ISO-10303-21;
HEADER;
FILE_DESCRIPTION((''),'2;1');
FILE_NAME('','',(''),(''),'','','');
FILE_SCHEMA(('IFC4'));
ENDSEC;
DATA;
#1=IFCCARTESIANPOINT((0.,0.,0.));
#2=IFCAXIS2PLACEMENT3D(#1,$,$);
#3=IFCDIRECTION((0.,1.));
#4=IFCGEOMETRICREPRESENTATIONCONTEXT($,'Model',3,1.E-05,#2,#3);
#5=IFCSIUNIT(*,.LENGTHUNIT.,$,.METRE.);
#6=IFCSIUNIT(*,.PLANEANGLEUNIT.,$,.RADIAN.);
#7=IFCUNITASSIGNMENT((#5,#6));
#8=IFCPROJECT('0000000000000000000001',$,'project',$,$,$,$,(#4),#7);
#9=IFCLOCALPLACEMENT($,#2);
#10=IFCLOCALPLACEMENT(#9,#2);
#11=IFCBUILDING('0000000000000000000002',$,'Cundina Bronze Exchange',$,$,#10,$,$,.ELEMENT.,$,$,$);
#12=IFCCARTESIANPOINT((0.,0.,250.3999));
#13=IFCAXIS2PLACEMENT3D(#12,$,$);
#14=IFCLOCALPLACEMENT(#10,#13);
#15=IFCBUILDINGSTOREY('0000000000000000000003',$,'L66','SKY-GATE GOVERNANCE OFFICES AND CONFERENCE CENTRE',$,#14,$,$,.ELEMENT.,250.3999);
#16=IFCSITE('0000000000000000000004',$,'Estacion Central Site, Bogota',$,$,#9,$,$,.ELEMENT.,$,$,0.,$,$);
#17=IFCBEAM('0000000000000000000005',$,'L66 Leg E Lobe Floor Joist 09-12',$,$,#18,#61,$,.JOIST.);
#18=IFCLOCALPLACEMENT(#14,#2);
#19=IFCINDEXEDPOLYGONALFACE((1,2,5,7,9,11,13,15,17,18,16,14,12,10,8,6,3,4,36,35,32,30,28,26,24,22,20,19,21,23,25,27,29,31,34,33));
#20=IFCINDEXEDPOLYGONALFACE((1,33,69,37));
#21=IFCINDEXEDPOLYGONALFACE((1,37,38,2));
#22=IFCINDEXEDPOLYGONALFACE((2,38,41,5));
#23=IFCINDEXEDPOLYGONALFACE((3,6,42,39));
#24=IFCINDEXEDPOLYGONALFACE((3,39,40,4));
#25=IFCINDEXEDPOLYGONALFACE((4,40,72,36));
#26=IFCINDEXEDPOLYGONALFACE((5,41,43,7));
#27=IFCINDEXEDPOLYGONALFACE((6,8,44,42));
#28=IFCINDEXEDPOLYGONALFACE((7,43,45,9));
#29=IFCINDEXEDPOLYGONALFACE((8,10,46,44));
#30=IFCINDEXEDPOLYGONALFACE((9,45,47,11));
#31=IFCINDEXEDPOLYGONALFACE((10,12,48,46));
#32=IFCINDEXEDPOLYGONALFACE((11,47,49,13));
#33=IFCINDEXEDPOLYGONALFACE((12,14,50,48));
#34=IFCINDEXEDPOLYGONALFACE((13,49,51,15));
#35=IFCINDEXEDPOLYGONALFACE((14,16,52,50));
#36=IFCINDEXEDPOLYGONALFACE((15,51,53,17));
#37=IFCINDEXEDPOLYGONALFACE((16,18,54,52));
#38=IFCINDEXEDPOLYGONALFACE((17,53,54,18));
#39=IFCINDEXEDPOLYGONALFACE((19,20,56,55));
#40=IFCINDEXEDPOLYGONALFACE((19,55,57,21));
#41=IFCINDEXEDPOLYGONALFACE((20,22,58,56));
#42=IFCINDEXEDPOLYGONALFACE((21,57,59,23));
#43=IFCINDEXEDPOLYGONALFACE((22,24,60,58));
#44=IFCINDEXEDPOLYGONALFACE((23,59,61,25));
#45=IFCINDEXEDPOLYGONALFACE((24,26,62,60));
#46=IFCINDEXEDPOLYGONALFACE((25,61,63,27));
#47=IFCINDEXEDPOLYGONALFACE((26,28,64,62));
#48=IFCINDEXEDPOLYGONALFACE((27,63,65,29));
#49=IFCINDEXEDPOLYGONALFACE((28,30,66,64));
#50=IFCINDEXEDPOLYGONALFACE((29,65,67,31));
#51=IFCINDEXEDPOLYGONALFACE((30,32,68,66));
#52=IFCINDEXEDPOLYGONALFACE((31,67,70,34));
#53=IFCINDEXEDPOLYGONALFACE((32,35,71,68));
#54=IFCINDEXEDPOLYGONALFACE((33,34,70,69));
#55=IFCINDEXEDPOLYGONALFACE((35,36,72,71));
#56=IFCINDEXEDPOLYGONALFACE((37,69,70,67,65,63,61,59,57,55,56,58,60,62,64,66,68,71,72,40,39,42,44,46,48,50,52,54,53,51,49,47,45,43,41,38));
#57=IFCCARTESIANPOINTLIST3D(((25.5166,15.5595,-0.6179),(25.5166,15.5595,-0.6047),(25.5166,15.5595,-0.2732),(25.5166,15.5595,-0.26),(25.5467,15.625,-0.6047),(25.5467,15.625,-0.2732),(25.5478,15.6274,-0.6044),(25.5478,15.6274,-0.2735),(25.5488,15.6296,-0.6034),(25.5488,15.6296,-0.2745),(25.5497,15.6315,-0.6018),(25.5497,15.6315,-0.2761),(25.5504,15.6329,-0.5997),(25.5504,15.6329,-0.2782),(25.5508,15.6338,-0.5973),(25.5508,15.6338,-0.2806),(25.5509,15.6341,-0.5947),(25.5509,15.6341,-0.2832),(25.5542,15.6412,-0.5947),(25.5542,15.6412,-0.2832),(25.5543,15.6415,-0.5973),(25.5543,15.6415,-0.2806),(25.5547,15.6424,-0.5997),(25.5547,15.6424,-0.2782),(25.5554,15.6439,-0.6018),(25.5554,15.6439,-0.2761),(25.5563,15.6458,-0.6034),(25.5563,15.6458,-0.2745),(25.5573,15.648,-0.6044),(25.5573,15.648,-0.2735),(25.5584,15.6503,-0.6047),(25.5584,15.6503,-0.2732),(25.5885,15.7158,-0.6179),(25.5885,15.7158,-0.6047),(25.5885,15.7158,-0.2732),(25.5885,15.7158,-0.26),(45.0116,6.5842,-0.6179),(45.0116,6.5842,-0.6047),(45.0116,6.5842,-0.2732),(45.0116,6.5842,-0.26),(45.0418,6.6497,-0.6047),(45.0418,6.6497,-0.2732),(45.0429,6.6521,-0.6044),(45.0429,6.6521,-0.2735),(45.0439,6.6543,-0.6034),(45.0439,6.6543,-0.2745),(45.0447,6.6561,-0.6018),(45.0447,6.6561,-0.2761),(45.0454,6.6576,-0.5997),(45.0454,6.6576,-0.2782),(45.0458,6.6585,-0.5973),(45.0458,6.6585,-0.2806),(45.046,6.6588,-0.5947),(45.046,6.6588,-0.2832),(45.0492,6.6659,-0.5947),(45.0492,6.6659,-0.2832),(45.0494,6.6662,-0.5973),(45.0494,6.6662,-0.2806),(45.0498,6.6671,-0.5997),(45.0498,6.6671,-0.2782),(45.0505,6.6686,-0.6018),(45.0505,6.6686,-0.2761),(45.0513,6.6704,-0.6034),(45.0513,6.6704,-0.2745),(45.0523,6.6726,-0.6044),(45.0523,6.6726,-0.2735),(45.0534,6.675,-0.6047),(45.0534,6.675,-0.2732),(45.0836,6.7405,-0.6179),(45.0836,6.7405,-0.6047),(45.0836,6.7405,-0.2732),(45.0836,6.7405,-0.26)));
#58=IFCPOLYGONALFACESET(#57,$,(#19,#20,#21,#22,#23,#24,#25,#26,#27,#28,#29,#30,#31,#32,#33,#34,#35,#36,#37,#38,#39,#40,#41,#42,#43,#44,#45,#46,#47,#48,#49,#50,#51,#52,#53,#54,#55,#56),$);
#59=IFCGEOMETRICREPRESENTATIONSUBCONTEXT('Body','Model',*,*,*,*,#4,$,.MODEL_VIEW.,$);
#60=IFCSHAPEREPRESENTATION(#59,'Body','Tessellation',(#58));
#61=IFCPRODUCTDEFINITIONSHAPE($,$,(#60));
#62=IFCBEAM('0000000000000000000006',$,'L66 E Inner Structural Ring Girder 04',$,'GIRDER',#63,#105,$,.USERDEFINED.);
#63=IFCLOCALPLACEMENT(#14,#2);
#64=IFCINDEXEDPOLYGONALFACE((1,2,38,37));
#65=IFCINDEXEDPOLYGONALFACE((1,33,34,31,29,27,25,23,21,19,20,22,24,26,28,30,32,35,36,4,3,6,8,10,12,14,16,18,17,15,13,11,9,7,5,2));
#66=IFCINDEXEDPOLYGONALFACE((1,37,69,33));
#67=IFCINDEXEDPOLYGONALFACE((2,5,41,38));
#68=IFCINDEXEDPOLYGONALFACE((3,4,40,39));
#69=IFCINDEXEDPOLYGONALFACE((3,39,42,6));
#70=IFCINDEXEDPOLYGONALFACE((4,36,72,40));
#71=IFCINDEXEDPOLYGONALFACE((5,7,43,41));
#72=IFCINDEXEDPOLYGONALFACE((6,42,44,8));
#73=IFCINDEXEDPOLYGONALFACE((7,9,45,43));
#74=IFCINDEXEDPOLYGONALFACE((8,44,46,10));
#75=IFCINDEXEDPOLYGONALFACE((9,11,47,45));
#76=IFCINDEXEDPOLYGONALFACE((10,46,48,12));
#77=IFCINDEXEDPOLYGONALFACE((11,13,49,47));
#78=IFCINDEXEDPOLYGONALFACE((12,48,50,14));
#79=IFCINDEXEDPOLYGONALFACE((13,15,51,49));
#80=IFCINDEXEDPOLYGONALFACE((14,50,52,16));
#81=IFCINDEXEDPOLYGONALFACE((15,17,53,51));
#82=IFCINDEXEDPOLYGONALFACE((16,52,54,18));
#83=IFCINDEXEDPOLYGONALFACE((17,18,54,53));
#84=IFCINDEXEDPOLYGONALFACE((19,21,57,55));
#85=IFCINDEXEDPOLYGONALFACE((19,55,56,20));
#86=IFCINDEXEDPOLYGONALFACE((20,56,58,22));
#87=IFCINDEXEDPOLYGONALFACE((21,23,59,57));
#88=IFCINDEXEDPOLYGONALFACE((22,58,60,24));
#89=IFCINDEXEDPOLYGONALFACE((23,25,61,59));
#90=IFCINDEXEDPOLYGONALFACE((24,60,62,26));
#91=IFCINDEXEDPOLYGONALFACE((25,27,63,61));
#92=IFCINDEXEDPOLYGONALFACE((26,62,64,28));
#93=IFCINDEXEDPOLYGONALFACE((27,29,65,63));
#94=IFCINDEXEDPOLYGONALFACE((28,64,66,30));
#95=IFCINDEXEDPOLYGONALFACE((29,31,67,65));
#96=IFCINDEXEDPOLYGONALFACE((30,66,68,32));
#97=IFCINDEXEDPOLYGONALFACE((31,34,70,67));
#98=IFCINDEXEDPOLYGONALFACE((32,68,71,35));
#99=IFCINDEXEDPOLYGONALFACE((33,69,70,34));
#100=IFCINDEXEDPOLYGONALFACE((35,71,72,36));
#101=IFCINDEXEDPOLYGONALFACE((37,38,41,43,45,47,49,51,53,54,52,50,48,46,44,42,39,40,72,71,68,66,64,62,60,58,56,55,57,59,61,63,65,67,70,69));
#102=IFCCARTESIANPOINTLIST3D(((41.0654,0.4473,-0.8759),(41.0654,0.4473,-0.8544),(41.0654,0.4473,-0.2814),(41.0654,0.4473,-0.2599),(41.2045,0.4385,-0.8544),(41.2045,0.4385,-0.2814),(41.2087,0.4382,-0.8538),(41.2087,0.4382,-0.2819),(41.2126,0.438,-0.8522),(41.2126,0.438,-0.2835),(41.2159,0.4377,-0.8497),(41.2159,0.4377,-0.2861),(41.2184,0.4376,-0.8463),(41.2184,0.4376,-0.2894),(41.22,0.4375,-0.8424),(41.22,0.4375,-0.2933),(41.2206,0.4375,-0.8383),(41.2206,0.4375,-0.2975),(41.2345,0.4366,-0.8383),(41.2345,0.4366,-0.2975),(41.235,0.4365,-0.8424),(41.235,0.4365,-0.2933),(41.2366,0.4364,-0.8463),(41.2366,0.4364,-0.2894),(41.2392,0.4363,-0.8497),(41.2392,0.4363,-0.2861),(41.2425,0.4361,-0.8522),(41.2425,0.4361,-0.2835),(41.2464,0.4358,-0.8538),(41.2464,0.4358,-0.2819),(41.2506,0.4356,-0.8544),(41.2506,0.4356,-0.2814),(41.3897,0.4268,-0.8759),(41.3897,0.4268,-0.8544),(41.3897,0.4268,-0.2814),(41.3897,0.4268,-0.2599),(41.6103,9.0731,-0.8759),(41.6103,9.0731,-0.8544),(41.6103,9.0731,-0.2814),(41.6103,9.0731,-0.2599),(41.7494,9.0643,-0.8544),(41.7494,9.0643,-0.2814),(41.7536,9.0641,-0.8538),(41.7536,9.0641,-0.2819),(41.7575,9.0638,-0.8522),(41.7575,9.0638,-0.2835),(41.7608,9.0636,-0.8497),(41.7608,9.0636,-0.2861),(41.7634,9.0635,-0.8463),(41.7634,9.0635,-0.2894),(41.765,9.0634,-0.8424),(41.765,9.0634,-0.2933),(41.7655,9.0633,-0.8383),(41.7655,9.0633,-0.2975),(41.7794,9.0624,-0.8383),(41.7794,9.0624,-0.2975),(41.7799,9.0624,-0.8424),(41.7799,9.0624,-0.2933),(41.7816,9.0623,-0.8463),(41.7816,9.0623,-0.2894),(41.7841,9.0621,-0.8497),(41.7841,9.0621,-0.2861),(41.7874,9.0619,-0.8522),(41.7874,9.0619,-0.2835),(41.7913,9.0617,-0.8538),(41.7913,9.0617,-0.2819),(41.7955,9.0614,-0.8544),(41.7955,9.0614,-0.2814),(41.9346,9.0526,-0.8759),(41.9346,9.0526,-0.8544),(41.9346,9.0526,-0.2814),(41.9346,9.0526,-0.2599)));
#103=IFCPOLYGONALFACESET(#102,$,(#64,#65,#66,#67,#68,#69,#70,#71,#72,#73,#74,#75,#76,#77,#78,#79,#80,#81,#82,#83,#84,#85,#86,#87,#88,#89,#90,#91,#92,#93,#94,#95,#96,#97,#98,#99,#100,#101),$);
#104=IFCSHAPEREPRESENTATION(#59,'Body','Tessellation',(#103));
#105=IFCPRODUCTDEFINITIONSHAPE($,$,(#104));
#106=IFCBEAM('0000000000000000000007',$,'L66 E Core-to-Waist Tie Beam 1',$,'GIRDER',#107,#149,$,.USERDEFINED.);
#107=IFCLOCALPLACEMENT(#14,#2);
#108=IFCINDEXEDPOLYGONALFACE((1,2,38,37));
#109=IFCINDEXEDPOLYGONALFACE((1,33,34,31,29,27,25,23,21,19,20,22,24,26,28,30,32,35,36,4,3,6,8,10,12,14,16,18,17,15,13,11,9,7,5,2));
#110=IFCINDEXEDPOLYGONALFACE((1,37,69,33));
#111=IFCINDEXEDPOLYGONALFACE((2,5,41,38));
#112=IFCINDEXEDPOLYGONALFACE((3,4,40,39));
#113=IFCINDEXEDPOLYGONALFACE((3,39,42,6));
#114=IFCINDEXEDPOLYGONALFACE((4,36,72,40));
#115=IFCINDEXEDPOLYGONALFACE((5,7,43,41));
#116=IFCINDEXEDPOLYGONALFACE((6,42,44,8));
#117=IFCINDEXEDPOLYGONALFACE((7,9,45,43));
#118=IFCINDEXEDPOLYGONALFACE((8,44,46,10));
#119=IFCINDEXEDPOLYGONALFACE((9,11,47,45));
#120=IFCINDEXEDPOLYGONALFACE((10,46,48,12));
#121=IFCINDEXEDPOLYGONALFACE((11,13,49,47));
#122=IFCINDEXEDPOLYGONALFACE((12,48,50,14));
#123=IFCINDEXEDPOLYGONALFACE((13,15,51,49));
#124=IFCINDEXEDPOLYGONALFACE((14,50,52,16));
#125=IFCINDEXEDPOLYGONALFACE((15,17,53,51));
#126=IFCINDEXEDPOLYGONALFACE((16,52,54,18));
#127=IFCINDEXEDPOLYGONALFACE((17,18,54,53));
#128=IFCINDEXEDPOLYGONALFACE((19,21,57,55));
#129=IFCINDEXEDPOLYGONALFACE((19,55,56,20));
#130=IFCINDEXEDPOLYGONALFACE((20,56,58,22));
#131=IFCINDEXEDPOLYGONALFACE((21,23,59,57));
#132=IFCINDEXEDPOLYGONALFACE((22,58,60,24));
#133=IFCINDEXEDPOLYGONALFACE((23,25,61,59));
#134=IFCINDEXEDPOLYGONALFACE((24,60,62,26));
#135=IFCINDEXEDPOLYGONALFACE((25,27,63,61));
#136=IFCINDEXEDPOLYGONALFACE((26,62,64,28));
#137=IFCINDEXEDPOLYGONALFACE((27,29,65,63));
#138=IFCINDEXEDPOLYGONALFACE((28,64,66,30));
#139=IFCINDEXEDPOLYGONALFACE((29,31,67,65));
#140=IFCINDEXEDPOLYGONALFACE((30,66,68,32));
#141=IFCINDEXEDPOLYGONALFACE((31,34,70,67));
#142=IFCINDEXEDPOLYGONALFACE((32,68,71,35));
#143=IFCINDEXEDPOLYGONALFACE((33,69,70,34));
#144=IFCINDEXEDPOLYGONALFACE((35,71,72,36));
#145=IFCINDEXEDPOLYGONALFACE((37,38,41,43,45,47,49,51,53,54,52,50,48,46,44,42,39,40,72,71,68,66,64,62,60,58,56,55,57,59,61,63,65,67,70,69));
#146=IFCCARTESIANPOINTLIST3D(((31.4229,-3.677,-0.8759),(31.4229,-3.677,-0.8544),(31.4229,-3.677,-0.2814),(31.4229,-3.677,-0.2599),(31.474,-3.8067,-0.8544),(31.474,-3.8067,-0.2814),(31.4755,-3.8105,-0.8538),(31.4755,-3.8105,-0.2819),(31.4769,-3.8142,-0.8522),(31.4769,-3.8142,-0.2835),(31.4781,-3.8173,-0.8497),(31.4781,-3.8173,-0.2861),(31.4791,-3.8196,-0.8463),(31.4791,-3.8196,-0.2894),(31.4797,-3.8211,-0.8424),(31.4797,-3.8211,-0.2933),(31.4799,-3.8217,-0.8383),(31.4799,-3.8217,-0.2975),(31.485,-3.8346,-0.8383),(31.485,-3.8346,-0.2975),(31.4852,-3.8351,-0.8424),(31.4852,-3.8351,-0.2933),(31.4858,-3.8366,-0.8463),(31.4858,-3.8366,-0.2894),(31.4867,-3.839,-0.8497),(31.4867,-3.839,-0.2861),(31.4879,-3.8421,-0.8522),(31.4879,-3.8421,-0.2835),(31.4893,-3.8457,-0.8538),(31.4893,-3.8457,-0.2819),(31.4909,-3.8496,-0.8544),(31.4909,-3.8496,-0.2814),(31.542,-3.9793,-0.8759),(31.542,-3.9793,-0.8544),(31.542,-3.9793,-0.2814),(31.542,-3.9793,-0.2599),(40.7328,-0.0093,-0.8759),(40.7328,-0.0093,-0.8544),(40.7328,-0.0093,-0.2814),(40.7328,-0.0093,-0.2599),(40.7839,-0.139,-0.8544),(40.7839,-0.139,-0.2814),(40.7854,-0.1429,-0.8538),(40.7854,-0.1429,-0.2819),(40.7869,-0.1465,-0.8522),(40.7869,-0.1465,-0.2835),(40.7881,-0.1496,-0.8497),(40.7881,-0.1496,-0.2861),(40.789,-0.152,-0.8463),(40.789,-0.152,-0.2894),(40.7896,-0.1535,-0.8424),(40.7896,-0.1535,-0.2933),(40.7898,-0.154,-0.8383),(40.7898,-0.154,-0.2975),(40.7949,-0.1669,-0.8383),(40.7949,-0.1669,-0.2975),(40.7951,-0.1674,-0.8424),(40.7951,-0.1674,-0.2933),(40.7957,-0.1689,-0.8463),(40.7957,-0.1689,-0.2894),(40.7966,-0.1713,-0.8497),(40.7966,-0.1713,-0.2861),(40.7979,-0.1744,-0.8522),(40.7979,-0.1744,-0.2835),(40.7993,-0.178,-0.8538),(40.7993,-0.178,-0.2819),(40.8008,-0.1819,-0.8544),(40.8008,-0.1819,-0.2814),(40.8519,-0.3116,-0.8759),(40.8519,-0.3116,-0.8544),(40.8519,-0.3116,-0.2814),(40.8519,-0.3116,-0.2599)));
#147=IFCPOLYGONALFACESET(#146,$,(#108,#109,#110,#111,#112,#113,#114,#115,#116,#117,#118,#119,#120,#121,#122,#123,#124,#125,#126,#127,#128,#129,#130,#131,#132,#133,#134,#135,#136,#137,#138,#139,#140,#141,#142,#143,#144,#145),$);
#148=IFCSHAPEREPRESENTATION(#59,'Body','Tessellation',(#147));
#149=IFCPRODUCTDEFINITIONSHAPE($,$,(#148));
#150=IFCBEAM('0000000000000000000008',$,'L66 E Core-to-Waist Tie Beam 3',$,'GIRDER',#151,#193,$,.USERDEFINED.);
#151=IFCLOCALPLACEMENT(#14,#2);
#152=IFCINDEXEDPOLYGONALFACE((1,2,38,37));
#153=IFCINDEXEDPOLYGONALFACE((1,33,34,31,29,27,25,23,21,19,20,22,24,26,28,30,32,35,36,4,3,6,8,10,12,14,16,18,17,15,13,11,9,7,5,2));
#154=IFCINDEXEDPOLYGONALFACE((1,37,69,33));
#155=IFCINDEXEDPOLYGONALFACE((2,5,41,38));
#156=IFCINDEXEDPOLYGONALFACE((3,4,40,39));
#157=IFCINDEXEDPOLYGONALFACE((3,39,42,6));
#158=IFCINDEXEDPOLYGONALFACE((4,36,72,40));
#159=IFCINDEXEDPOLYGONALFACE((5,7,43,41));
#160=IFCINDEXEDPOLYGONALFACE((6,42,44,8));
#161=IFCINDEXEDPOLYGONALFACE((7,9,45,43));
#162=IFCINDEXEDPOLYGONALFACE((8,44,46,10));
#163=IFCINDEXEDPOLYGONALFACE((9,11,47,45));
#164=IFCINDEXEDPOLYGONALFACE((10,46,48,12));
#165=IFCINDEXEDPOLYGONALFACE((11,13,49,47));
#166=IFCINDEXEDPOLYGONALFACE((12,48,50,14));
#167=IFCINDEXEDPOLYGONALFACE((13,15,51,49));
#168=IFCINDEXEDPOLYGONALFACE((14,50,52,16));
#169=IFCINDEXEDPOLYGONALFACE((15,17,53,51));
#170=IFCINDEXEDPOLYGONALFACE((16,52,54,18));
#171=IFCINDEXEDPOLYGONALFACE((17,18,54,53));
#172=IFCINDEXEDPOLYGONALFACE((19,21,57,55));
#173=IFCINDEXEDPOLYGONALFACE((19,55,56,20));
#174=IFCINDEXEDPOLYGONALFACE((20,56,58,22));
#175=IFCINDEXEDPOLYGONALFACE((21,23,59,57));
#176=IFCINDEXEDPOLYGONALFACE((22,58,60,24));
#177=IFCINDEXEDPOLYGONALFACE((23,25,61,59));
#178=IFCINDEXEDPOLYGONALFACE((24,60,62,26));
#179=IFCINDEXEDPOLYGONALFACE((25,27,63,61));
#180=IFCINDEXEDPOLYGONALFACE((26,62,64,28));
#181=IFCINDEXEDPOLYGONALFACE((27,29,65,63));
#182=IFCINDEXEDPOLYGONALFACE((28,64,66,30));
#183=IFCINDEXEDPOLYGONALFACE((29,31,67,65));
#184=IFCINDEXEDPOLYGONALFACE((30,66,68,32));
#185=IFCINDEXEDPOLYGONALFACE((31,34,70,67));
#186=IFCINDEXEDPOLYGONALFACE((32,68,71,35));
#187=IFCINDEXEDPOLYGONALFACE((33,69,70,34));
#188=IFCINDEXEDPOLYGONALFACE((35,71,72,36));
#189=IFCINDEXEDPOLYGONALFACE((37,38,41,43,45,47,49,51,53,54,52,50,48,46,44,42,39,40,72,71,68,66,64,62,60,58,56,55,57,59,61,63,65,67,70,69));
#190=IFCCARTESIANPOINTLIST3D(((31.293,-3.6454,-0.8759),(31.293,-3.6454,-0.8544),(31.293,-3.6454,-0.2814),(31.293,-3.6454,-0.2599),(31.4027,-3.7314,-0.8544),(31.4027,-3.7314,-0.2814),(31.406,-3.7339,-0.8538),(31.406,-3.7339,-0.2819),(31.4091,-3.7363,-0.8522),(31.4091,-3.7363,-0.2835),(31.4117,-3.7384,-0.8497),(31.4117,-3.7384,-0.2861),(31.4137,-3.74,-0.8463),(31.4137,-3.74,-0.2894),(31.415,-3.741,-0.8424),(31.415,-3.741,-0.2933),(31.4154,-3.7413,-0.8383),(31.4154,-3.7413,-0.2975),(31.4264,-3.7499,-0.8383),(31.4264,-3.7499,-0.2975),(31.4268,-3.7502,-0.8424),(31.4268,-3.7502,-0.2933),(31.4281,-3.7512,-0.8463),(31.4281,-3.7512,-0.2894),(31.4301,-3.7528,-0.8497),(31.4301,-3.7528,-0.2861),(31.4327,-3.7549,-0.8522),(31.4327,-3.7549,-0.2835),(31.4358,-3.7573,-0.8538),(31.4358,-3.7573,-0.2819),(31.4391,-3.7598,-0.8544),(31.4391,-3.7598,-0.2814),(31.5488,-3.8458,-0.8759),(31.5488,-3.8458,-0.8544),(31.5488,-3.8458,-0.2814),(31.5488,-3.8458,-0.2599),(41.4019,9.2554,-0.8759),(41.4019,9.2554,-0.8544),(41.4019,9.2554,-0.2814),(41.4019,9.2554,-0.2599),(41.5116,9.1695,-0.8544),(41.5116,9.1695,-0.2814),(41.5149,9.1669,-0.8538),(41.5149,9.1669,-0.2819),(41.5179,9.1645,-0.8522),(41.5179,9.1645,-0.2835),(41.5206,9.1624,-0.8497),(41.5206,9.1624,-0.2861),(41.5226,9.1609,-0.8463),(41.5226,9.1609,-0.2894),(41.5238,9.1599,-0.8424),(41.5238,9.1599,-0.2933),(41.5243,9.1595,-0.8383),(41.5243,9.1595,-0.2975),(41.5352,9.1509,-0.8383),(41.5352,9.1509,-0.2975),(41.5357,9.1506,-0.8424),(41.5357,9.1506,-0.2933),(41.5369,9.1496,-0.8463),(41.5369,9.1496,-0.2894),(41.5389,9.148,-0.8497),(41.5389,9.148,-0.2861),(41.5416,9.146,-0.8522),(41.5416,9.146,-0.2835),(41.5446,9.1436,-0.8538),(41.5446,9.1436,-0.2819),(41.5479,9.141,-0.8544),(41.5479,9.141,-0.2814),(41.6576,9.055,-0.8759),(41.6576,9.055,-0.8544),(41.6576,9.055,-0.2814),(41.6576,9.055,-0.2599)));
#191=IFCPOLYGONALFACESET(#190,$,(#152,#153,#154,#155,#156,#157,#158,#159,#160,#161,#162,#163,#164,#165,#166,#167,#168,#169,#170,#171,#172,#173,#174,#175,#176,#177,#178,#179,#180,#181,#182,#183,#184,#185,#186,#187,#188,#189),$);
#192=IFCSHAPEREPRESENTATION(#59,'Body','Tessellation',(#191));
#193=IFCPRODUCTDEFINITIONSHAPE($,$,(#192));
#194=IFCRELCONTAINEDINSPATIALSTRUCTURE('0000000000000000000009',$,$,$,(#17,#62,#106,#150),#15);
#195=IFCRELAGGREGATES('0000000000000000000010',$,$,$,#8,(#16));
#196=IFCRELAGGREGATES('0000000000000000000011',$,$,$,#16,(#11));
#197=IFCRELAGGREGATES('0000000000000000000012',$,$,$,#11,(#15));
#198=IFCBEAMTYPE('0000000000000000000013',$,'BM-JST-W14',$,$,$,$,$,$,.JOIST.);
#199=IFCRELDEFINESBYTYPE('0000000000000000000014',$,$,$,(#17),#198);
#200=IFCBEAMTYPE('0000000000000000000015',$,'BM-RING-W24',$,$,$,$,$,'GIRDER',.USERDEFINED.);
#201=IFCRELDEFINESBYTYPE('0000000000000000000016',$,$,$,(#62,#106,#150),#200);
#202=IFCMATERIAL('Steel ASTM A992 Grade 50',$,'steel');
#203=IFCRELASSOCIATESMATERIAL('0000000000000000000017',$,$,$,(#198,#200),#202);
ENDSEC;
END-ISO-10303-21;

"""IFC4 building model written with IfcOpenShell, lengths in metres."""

from ifc_helpers import new_model, si_unit, direction, frame, origin, origin_2d, place, context, subcontext, project, spatial, i_section, extrude, material, material_profile, profile_set, type_object, element, save


model = new_model("IFC4")

# Units and contexts
model_context = context("Model", 3, precision=1e-05, world=origin(), true_north=direction((0.0, 1.0)))
body_context = subcontext(model_context, "Body", "Model", "MODEL_VIEW")
ifc_project = project(units=[si_unit("LENGTHUNIT", "METRE"), si_unit("PLANEANGLEUNIT", "RADIAN")], contexts=[model_context])

# Site, building, storey
site_placement = place(None, origin())
site = spatial("IfcSite", under=ifc_project, at=site_placement, Name="Estacion Central Site, Bogota", CompositionType="ELEMENT", RefElevation=0.0)
building_placement = place(site_placement, origin())
building = spatial("IfcBuilding", under=site, at=building_placement, Name="Cundina Bronze Exchange", CompositionType="ELEMENT")
storey_placement = place(building_placement, frame((0.0, 0.0, 250.3999)))
storey = spatial("IfcBuildingStorey", under=building, at=storey_placement, Name="L66", Description="SKY-GATE GOVERNANCE OFFICES AND CONFERENCE CENTRE", CompositionType="ELEMENT", Elevation=250.3999)

# Beams
ifc_material_1 = material(Name="Steel ASTM A992 Grade 50", Category="steel")
ifc_material_profile_1 = material_profile(ifc_material_1, i_section(OverallWidth=0.1721, OverallDepth=0.3579, WebThickness=0.0078, FlangeThickness=0.0132, FilletRadius=0.01, at=origin_2d()), Name="W14X38", Category="steel")
ifc_profile_set_1 = profile_set([ifc_material_profile_1], Name="Steel ASTM A992 Grade 50")
beam_type_1 = type_object("IfcBeamType", Name="BM-JST-W14", PredefinedType="JOIST", material=ifc_profile_set_1)
beam_1_placement = place(storey_placement, frame((45.0476, 6.6624, -0.439), z_axis=(-0.908356, 0.418197, 0.0), x_axis=(-0.418197, -0.908356, 0.0)))
element("IfcBeam", 1, at=beam_1_placement, inside=storey, type_object=beam_type_1, Name="L66 Leg E Lobe Floor Joist 09-12", PredefinedType="JOIST", context=body_context, shape_type="SweptSolid", body=[
    extrude(i_section(OverallWidth=0.1721, OverallDepth=0.3579, WebThickness=0.0078, FlangeThickness=0.0132, FilletRadius=0.01, at=origin_2d()), origin(), (0.0, 0.0, 1.0), 21.4619),
])
ifc_material_profile_2 = material_profile(ifc_material_1, i_section(OverallWidth=0.325, OverallDepth=0.616, WebThickness=0.0139, FlangeThickness=0.0215, FilletRadius=0.0161, at=origin_2d()), Name="W24X117", Category="steel")
ifc_profile_set_2 = profile_set([ifc_material_profile_2], Name="Steel ASTM A992 Grade 50")
beam_type_2 = type_object("IfcBeamType", Name="BM-RING-W24", ElementType="GIRDER", PredefinedType="USERDEFINED", material=ifc_profile_set_2)
beam_2_placement = place(storey_placement, frame((41.2275, 0.437, -0.5679), z_axis=(0.063047, 0.998011, 0.0), x_axis=(-0.998011, 0.063047, 0.0)))
element("IfcBeam", 2, at=beam_2_placement, inside=storey, type_object=beam_type_2, Name="L66 E Inner Structural Ring Girder 04", ObjectType="GIRDER", PredefinedType="USERDEFINED", context=body_context, shape_type="SweptSolid", body=[
    extrude(i_section(OverallWidth=0.325, OverallDepth=0.616, WebThickness=0.0139, FlangeThickness=0.0215, FilletRadius=0.0161, at=origin_2d()), origin(), (0.0, 0.0, 1.0), 8.6431),
])
beam_3_placement = place(storey_placement, frame((31.4824, -3.8281, -0.5679), z_axis=(0.930404, 0.366535, 0.0), x_axis=(-0.366535, 0.930404, 0.0)))
element("IfcBeam", 3, at=beam_3_placement, inside=storey, type_object=beam_type_2, Name="L66 E Core-to-Waist Tie Beam 1", ObjectType="GIRDER", PredefinedType="USERDEFINED", context=body_context, shape_type="SweptSolid", body=[
    extrude(i_section(OverallWidth=0.325, OverallDepth=0.616, WebThickness=0.0139, FlangeThickness=0.0215, FilletRadius=0.0161, at=origin_2d()), origin(), (0.0, 0.0, 1.0), 10.0063),
])
beam_4_placement = place(storey_placement, frame((31.4209, -3.7456, -0.5679), z_axis=(0.616783, 0.787133, 0.0), x_axis=(-0.787133, 0.616783, 0.0)))
element("IfcBeam", 4, at=beam_4_placement, inside=storey, type_object=beam_type_2, Name="L66 E Core-to-Waist Tie Beam 3", ObjectType="GIRDER", PredefinedType="USERDEFINED", context=body_context, shape_type="SweptSolid", body=[
    extrude(i_section(OverallWidth=0.325, OverallDepth=0.616, WebThickness=0.0139, FlangeThickness=0.0215, FilletRadius=0.0161, at=origin_2d()), origin(), (0.0, 0.0, 1.0), 16.3896),
])

save(model, "model.ifc")
